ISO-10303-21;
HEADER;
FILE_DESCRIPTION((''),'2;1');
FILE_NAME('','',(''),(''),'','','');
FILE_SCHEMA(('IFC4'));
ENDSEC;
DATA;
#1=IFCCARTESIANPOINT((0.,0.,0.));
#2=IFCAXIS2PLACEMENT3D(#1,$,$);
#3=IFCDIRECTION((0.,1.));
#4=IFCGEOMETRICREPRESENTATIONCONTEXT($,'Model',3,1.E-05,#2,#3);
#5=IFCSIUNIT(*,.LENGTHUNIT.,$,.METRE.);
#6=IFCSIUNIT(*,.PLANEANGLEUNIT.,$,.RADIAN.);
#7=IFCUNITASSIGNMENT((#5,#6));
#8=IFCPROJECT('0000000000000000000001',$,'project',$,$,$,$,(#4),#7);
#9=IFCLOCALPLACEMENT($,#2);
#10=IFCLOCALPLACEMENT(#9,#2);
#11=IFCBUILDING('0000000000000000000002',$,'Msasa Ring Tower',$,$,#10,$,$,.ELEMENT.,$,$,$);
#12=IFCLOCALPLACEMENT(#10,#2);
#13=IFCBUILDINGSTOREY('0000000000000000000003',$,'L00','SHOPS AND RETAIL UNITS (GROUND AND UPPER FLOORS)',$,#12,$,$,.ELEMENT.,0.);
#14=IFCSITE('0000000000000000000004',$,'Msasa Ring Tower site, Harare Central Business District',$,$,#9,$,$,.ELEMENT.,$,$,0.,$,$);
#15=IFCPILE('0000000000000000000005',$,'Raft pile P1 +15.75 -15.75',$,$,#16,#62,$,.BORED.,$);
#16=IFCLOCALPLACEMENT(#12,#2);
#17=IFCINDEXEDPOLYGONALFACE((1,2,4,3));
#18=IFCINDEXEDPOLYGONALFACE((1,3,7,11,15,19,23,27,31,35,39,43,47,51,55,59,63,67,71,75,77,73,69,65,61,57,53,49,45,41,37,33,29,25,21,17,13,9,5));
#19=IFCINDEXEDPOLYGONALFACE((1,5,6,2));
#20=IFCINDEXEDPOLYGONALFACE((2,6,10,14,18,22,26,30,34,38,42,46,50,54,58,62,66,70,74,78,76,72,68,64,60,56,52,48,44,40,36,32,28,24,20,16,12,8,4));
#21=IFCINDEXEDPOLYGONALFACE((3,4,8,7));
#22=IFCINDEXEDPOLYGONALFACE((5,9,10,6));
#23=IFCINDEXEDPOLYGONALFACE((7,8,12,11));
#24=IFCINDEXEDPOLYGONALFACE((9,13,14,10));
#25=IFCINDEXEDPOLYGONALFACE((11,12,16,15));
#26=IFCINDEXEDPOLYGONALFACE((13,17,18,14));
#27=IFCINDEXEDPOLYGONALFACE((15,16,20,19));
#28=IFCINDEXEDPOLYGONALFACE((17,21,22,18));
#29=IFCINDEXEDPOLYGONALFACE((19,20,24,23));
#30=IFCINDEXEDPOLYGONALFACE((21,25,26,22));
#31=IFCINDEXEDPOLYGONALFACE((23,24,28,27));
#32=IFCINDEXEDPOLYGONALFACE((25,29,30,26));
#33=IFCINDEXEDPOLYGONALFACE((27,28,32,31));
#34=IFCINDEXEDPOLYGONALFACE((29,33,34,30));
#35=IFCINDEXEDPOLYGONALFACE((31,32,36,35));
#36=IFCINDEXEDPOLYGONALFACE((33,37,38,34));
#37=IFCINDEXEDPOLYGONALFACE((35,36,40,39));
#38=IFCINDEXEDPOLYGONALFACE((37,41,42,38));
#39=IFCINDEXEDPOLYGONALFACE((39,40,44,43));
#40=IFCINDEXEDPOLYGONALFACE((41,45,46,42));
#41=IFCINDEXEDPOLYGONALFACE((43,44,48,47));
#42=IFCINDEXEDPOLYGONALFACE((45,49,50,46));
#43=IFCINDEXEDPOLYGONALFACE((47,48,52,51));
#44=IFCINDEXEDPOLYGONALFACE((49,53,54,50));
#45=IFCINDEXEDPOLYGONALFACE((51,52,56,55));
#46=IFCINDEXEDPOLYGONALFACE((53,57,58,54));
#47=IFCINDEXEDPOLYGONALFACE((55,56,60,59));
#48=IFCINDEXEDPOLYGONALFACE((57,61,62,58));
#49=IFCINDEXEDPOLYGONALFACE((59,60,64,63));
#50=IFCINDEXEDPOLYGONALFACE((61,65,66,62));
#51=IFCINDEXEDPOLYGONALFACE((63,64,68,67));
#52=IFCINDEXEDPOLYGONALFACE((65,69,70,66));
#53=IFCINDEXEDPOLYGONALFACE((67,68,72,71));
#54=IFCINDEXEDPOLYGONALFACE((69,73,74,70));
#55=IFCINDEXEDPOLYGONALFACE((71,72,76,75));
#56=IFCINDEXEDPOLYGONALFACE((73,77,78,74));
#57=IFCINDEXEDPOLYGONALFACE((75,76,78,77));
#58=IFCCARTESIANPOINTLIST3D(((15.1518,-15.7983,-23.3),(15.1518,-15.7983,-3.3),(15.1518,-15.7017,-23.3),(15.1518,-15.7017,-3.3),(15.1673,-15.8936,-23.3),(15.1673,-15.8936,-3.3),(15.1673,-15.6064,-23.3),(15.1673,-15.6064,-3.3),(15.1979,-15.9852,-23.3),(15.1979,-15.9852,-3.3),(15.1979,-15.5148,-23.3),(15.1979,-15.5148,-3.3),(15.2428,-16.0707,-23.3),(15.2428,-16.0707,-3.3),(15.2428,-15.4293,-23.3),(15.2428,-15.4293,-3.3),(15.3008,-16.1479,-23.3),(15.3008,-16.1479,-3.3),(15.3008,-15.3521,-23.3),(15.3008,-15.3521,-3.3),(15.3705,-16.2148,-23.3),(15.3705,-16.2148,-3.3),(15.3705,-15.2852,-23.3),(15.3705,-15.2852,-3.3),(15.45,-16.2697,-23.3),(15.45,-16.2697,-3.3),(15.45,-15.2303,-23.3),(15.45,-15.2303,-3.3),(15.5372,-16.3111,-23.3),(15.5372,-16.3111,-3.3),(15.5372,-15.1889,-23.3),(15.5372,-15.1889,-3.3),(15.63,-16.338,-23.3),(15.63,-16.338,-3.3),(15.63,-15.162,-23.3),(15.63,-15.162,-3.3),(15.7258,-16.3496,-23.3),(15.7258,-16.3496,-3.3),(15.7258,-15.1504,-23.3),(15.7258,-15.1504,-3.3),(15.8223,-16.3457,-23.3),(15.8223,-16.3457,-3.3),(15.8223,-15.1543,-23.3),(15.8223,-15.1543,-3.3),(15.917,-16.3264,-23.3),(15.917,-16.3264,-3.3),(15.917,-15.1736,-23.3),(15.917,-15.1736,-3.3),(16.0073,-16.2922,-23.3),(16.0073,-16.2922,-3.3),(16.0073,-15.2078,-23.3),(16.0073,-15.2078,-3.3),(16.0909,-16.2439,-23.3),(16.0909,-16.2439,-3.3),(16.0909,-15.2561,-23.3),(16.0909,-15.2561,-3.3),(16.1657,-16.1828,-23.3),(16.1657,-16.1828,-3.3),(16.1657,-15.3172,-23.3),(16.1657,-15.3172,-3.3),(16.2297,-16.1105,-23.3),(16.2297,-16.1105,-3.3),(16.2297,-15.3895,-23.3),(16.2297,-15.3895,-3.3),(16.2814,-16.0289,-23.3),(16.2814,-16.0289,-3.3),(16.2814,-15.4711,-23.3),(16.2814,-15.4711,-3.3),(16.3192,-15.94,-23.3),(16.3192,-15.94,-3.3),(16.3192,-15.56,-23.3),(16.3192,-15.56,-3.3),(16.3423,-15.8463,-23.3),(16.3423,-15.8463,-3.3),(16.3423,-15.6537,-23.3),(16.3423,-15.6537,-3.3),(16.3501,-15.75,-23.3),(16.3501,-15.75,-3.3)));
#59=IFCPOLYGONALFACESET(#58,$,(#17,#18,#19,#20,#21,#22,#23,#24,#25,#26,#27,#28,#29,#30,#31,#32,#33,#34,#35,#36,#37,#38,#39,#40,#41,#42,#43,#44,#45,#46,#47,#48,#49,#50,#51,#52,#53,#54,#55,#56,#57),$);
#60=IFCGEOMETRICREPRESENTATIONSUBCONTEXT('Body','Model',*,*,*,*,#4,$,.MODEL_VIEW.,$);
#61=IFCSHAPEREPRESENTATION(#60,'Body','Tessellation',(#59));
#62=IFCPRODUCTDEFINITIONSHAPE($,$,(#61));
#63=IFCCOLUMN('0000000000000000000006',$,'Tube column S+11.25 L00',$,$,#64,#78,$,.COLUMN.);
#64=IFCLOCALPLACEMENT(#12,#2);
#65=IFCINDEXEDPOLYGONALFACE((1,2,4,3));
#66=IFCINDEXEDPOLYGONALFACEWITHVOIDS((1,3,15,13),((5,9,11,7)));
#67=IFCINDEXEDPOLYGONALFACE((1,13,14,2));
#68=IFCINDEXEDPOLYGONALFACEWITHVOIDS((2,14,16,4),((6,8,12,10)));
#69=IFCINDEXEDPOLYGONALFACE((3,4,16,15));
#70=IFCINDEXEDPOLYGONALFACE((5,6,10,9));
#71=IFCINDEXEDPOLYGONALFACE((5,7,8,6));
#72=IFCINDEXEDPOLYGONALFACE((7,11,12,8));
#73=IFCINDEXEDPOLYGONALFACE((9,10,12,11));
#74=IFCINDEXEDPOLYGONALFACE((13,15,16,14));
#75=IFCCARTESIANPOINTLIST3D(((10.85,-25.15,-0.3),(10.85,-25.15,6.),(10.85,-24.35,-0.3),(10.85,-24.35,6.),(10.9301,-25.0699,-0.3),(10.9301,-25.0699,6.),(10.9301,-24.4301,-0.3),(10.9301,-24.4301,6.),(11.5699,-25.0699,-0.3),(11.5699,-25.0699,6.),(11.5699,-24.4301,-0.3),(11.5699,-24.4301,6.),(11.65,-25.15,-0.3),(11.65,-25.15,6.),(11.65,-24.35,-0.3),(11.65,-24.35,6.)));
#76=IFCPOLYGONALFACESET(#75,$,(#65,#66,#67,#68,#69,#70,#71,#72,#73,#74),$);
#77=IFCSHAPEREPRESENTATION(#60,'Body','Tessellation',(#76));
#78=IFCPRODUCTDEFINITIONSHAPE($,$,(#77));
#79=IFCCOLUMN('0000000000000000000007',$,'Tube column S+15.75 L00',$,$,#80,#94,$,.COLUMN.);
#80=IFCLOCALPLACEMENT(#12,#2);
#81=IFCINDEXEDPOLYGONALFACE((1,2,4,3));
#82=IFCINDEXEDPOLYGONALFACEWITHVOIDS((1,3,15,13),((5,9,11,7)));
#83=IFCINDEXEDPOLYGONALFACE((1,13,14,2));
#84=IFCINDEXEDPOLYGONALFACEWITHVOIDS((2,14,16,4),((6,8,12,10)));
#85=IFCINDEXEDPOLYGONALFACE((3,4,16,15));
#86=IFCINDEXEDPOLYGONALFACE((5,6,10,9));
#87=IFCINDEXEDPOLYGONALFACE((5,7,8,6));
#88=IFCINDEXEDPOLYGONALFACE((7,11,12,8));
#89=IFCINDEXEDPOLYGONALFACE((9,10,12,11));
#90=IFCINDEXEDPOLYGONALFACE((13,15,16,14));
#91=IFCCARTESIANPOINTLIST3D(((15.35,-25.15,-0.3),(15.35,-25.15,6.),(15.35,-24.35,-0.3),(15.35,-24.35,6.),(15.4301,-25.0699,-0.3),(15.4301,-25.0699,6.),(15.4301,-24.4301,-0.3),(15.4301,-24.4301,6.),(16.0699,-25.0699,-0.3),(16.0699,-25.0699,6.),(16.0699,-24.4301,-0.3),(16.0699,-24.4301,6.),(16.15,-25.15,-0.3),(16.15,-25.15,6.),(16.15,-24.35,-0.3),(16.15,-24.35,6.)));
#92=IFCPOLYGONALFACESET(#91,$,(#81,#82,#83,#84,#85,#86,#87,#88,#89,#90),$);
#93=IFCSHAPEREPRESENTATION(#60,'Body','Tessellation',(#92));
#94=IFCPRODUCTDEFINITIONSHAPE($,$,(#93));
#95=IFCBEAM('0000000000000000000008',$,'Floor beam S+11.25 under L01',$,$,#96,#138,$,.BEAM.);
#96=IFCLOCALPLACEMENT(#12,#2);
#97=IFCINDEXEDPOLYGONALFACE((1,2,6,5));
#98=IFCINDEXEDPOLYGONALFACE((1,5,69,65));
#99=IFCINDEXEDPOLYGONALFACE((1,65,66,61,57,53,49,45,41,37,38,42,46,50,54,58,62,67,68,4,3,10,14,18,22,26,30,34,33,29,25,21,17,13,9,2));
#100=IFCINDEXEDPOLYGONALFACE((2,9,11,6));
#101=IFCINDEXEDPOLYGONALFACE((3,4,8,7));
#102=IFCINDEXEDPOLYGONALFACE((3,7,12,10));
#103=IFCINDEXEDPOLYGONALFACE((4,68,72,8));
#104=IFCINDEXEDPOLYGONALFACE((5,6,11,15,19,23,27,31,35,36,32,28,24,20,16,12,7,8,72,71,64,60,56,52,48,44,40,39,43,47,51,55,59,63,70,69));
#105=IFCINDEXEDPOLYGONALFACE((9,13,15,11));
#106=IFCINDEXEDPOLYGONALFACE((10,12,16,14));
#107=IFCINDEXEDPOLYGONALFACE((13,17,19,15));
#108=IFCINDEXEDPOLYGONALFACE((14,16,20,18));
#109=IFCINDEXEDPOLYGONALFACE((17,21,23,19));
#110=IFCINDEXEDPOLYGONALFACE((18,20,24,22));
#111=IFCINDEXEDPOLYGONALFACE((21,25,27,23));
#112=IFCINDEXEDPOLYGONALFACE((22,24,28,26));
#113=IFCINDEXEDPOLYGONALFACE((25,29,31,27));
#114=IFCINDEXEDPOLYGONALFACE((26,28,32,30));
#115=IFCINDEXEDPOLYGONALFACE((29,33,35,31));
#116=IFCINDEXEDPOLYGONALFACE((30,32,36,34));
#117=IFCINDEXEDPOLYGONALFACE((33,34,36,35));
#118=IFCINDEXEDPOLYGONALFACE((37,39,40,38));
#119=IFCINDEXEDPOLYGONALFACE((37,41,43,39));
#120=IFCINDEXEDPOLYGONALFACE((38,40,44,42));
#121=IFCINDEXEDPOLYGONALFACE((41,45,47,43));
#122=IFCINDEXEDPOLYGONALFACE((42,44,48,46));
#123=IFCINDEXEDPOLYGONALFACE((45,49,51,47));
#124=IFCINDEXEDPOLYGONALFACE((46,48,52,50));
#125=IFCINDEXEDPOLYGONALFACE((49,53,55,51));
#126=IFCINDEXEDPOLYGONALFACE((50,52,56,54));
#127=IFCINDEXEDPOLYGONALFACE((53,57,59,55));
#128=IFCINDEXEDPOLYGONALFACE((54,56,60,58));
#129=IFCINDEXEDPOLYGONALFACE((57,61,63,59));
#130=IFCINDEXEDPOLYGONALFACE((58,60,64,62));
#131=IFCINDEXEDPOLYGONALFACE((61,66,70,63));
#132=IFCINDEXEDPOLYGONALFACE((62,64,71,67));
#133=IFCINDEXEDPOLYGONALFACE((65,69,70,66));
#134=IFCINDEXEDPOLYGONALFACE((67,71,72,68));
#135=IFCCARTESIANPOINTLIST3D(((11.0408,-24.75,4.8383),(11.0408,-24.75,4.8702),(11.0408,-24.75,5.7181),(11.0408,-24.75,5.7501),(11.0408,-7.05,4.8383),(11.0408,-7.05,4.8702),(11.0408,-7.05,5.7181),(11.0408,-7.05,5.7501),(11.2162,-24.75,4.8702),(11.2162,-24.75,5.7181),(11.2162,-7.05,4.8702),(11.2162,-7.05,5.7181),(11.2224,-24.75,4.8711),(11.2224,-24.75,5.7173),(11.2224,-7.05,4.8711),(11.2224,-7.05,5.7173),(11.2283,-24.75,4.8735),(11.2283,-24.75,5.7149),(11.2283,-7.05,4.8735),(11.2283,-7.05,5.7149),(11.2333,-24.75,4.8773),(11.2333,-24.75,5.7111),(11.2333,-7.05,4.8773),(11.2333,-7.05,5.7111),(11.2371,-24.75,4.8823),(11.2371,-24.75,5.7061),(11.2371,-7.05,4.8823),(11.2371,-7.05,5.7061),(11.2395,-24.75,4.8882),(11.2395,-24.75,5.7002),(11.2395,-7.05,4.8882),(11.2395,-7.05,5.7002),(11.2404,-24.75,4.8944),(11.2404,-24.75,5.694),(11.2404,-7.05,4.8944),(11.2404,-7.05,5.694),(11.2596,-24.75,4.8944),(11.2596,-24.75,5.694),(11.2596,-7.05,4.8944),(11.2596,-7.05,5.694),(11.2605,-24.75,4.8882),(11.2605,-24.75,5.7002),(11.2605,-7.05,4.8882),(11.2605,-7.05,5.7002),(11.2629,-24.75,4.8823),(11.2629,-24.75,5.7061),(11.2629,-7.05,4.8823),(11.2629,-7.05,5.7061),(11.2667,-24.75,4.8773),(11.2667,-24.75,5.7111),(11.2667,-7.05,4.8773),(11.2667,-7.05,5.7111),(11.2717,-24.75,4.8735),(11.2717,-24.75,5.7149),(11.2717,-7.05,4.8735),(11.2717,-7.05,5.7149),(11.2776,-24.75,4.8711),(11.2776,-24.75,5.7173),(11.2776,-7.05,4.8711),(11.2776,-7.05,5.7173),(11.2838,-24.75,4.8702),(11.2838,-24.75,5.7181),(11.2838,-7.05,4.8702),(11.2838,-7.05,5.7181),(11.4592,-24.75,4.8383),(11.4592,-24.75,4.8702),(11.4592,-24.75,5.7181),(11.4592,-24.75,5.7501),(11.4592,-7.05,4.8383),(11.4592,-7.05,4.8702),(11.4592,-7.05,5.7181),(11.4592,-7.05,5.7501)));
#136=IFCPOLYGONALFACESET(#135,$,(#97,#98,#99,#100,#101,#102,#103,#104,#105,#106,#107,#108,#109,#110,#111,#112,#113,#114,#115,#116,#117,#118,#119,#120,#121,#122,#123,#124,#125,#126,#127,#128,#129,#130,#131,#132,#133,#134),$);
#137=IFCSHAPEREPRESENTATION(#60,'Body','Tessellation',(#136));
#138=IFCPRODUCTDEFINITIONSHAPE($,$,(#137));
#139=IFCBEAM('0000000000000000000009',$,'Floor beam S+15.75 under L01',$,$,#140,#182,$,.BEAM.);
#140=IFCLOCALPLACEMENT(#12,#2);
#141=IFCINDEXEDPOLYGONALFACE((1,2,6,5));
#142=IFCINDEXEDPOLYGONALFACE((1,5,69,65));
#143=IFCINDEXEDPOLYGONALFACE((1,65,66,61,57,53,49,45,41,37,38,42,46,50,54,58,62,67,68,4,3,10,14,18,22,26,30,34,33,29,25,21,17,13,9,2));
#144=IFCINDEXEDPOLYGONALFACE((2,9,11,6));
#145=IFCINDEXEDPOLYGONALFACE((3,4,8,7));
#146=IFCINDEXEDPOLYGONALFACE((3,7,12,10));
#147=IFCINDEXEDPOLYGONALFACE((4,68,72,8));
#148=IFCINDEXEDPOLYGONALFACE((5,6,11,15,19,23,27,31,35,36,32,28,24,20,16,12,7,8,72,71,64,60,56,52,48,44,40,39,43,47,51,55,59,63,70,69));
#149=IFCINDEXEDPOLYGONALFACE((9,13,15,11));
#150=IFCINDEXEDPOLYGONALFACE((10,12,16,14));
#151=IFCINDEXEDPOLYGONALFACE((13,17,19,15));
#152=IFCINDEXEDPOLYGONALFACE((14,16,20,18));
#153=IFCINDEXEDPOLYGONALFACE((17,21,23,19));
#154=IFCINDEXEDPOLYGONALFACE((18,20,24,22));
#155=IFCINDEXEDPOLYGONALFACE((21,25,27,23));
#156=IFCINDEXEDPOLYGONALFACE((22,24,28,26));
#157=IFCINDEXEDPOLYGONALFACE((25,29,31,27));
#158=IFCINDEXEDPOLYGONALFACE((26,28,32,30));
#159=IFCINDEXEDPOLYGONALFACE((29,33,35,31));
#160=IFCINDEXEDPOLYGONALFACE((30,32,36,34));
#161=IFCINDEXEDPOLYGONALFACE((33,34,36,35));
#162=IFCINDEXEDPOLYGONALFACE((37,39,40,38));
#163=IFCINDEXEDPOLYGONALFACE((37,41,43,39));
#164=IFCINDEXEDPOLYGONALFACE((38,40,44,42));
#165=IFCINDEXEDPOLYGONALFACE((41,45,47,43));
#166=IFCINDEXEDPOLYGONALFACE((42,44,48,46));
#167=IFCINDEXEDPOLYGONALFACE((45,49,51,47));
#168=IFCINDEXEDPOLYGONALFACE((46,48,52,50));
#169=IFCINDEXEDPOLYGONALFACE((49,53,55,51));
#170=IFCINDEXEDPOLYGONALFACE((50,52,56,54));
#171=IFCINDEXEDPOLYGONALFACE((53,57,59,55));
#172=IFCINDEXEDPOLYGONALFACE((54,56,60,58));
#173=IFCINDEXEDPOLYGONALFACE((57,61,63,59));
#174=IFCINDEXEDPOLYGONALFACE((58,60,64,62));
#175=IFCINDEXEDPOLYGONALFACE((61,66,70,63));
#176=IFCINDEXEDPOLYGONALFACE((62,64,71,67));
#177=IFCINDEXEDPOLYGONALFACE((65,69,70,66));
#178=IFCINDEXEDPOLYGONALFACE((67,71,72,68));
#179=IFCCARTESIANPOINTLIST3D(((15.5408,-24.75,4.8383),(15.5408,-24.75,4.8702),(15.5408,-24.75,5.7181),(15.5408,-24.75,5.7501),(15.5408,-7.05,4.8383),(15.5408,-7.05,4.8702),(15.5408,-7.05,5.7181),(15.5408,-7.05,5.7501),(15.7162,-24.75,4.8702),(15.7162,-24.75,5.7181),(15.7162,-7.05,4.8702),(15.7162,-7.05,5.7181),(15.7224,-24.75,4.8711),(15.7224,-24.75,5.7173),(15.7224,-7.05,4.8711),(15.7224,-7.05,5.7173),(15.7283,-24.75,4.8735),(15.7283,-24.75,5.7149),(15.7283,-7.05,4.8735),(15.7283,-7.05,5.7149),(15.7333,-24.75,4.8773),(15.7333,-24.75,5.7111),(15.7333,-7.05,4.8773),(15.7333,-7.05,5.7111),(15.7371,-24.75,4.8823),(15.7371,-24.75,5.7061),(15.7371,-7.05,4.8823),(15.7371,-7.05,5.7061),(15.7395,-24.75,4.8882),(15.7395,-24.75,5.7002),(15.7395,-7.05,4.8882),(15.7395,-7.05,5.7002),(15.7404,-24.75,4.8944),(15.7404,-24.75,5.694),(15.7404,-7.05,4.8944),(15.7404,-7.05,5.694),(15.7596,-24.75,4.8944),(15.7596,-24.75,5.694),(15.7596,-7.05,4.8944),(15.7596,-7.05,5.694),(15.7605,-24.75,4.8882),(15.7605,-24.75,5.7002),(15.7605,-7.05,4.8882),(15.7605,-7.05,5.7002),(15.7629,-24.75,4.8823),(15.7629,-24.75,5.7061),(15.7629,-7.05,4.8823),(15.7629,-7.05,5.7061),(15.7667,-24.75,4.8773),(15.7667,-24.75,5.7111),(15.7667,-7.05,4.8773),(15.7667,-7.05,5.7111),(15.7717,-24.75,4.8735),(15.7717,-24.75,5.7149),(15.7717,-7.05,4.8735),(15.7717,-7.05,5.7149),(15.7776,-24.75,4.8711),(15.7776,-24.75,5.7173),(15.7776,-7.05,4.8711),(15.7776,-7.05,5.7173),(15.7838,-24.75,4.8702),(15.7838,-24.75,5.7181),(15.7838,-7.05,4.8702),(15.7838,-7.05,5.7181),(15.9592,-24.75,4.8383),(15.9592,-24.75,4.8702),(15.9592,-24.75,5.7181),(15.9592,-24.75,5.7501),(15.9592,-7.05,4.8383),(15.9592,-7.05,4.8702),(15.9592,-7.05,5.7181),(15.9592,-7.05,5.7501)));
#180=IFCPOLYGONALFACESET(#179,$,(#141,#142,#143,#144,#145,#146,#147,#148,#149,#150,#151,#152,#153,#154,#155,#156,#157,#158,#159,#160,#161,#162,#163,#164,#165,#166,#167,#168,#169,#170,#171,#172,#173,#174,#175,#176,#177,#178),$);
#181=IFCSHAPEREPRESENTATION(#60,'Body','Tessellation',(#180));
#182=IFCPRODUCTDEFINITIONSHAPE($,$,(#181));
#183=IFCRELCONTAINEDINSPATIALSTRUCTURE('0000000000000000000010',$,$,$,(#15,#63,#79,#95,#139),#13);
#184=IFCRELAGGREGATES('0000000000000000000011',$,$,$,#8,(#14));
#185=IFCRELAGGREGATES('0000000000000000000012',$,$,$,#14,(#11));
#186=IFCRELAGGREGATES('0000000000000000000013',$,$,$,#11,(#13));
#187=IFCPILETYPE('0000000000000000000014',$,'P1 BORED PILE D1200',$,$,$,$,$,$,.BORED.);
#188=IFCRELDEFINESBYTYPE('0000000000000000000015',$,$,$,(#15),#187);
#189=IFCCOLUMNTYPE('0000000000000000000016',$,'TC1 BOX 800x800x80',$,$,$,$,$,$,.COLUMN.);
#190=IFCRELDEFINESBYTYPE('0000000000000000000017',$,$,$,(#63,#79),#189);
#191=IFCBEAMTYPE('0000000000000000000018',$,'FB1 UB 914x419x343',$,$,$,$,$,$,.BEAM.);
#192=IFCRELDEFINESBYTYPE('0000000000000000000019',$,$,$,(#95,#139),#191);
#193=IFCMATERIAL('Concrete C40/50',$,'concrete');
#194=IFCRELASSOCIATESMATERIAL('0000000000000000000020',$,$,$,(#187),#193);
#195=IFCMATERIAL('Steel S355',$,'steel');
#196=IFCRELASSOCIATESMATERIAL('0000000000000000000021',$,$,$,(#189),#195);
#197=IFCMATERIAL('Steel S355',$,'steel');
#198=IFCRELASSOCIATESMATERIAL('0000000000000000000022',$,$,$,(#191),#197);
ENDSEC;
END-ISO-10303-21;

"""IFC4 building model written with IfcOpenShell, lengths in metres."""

from ifc_helpers import new_model, si_unit, direction, frame, origin, origin_2d, place, context, subcontext, project, spatial, hollow_rectangle, circle, i_section, extrude, material, material_profile, profile_set, type_object, element, save


model = new_model("IFC4")

# Units and contexts
model_context = context("Model", 3, precision=1e-05, world=origin(), true_north=direction((0.0, 1.0)))
body_context = subcontext(model_context, "Body", "Model", "MODEL_VIEW")
ifc_project = project(units=[si_unit("LENGTHUNIT", "METRE"), si_unit("PLANEANGLEUNIT", "RADIAN")], contexts=[model_context])

# Site, building, storey
site_placement = place(None, origin())
site = spatial("IfcSite", under=ifc_project, at=site_placement, Name="Msasa Ring Tower site, Harare Central Business District", CompositionType="ELEMENT", RefElevation=0.0)
building_placement = place(site_placement, origin())
building = spatial("IfcBuilding", under=site, at=building_placement, Name="Msasa Ring Tower", CompositionType="ELEMENT")
storey_placement = place(building_placement, origin())
storey = spatial("IfcBuildingStorey", under=building, at=storey_placement, Name="L00", Description="SHOPS AND RETAIL UNITS (GROUND AND UPPER FLOORS)", CompositionType="ELEMENT", Elevation=0.0)

# Pile
ifc_material_1 = material(Name="Concrete C40/50", Category="concrete")
ifc_material_profile_1 = material_profile(ifc_material_1, circle(Radius=0.6001, at=origin_2d()), Name="D1200")
ifc_profile_set_1 = profile_set([ifc_material_profile_1], Name="Concrete C40/50")
pile_type = type_object("IfcPileType", Name="P1 BORED PILE D1200", PredefinedType="BORED", material=ifc_profile_set_1)
for number, where, z_axis, x_axis, name in (
    (1, (15.75, -15.75, -3.3), (0.0, 0.0, -1.0), (1.0, 0.0, 0.0), "Raft pile P1 +15.75 -15.75"),
):
    element("IfcPile", number, at=place(storey_placement, frame(where, z_axis=z_axis, x_axis=x_axis)), inside=storey, type_object=pile_type, Name=name, PredefinedType="BORED", context=body_context, shape_type="SweptSolid", body=[
        extrude(circle(Radius=0.6001, at=origin_2d()), origin(), (0.0, 0.0, 1.0), 20.0),
    ])

# Columns
ifc_material_2 = material(Name="Steel S355", Category="steel")
ifc_material_profile_2 = material_profile(ifc_material_2, hollow_rectangle(XDim=0.8, YDim=0.8, WallThickness=0.0801, at=origin_2d()), Name="BOX 800x800x80")
ifc_profile_set_2 = profile_set([ifc_material_profile_2], Name="Steel S355")
column_type = type_object("IfcColumnType", Name="TC1 BOX 800x800x80", PredefinedType="COLUMN", material=ifc_profile_set_2)
for number, where, z_axis, x_axis, name in (
    (2, (11.25, -24.75, -0.3), (0.0, 0.0, 1.0), (0.0, 1.0, 0.0), "Tube column S+11.25 L00"),
    (3, (15.75, -24.75, -0.3), (0.0, 0.0, 1.0), (0.0, 1.0, 0.0), "Tube column S+15.75 L00"),
):
    element("IfcColumn", number, at=place(storey_placement, frame(where, z_axis=z_axis, x_axis=x_axis)), inside=storey, type_object=column_type, Name=name, PredefinedType="COLUMN", context=body_context, shape_type="SweptSolid", body=[
        extrude(hollow_rectangle(XDim=0.8, YDim=0.8, WallThickness=0.0801, at=origin_2d()), origin(), (0.0, 0.0, 1.0), 6.3),
    ])

# Beams
ifc_material_3 = material(Name="Steel S355", Category="steel")
ifc_material_profile_3 = material_profile(ifc_material_3, i_section(OverallWidth=0.4185, OverallDepth=0.9119, WebThickness=0.0193, FlangeThickness=0.032, FilletRadius=0.0242, at=origin_2d()), Name="UB 914x419x343")
ifc_profile_set_3 = profile_set([ifc_material_profile_3], Name="Steel S355")
beam_type_1 = type_object("IfcBeamType", Name="FB1 UB 914x419x343", PredefinedType="BEAM", material=ifc_profile_set_3)
for number, where, z_axis, x_axis, name in (
    (4, (11.25, -24.75, 5.2942), (0.0, 1.0, 0.0), (-1.0, 0.0, 0.0), "Floor beam S+11.25 under L01"),
    (5, (15.75, -24.75, 5.2942), (0.0, 1.0, 0.0), (-1.0, 0.0, 0.0), "Floor beam S+15.75 under L01"),
):
    element("IfcBeam", number, at=place(storey_placement, frame(where, z_axis=z_axis, x_axis=x_axis)), inside=storey, type_object=beam_type_1, Name=name, PredefinedType="BEAM", context=body_context, shape_type="SweptSolid", body=[
        extrude(i_section(OverallWidth=0.4185, OverallDepth=0.9119, WebThickness=0.0193, FlangeThickness=0.032, FilletRadius=0.0242, at=origin_2d()), origin(), (0.0, 0.0, 1.0), 17.7),
    ])

save(model, "model.ifc")
